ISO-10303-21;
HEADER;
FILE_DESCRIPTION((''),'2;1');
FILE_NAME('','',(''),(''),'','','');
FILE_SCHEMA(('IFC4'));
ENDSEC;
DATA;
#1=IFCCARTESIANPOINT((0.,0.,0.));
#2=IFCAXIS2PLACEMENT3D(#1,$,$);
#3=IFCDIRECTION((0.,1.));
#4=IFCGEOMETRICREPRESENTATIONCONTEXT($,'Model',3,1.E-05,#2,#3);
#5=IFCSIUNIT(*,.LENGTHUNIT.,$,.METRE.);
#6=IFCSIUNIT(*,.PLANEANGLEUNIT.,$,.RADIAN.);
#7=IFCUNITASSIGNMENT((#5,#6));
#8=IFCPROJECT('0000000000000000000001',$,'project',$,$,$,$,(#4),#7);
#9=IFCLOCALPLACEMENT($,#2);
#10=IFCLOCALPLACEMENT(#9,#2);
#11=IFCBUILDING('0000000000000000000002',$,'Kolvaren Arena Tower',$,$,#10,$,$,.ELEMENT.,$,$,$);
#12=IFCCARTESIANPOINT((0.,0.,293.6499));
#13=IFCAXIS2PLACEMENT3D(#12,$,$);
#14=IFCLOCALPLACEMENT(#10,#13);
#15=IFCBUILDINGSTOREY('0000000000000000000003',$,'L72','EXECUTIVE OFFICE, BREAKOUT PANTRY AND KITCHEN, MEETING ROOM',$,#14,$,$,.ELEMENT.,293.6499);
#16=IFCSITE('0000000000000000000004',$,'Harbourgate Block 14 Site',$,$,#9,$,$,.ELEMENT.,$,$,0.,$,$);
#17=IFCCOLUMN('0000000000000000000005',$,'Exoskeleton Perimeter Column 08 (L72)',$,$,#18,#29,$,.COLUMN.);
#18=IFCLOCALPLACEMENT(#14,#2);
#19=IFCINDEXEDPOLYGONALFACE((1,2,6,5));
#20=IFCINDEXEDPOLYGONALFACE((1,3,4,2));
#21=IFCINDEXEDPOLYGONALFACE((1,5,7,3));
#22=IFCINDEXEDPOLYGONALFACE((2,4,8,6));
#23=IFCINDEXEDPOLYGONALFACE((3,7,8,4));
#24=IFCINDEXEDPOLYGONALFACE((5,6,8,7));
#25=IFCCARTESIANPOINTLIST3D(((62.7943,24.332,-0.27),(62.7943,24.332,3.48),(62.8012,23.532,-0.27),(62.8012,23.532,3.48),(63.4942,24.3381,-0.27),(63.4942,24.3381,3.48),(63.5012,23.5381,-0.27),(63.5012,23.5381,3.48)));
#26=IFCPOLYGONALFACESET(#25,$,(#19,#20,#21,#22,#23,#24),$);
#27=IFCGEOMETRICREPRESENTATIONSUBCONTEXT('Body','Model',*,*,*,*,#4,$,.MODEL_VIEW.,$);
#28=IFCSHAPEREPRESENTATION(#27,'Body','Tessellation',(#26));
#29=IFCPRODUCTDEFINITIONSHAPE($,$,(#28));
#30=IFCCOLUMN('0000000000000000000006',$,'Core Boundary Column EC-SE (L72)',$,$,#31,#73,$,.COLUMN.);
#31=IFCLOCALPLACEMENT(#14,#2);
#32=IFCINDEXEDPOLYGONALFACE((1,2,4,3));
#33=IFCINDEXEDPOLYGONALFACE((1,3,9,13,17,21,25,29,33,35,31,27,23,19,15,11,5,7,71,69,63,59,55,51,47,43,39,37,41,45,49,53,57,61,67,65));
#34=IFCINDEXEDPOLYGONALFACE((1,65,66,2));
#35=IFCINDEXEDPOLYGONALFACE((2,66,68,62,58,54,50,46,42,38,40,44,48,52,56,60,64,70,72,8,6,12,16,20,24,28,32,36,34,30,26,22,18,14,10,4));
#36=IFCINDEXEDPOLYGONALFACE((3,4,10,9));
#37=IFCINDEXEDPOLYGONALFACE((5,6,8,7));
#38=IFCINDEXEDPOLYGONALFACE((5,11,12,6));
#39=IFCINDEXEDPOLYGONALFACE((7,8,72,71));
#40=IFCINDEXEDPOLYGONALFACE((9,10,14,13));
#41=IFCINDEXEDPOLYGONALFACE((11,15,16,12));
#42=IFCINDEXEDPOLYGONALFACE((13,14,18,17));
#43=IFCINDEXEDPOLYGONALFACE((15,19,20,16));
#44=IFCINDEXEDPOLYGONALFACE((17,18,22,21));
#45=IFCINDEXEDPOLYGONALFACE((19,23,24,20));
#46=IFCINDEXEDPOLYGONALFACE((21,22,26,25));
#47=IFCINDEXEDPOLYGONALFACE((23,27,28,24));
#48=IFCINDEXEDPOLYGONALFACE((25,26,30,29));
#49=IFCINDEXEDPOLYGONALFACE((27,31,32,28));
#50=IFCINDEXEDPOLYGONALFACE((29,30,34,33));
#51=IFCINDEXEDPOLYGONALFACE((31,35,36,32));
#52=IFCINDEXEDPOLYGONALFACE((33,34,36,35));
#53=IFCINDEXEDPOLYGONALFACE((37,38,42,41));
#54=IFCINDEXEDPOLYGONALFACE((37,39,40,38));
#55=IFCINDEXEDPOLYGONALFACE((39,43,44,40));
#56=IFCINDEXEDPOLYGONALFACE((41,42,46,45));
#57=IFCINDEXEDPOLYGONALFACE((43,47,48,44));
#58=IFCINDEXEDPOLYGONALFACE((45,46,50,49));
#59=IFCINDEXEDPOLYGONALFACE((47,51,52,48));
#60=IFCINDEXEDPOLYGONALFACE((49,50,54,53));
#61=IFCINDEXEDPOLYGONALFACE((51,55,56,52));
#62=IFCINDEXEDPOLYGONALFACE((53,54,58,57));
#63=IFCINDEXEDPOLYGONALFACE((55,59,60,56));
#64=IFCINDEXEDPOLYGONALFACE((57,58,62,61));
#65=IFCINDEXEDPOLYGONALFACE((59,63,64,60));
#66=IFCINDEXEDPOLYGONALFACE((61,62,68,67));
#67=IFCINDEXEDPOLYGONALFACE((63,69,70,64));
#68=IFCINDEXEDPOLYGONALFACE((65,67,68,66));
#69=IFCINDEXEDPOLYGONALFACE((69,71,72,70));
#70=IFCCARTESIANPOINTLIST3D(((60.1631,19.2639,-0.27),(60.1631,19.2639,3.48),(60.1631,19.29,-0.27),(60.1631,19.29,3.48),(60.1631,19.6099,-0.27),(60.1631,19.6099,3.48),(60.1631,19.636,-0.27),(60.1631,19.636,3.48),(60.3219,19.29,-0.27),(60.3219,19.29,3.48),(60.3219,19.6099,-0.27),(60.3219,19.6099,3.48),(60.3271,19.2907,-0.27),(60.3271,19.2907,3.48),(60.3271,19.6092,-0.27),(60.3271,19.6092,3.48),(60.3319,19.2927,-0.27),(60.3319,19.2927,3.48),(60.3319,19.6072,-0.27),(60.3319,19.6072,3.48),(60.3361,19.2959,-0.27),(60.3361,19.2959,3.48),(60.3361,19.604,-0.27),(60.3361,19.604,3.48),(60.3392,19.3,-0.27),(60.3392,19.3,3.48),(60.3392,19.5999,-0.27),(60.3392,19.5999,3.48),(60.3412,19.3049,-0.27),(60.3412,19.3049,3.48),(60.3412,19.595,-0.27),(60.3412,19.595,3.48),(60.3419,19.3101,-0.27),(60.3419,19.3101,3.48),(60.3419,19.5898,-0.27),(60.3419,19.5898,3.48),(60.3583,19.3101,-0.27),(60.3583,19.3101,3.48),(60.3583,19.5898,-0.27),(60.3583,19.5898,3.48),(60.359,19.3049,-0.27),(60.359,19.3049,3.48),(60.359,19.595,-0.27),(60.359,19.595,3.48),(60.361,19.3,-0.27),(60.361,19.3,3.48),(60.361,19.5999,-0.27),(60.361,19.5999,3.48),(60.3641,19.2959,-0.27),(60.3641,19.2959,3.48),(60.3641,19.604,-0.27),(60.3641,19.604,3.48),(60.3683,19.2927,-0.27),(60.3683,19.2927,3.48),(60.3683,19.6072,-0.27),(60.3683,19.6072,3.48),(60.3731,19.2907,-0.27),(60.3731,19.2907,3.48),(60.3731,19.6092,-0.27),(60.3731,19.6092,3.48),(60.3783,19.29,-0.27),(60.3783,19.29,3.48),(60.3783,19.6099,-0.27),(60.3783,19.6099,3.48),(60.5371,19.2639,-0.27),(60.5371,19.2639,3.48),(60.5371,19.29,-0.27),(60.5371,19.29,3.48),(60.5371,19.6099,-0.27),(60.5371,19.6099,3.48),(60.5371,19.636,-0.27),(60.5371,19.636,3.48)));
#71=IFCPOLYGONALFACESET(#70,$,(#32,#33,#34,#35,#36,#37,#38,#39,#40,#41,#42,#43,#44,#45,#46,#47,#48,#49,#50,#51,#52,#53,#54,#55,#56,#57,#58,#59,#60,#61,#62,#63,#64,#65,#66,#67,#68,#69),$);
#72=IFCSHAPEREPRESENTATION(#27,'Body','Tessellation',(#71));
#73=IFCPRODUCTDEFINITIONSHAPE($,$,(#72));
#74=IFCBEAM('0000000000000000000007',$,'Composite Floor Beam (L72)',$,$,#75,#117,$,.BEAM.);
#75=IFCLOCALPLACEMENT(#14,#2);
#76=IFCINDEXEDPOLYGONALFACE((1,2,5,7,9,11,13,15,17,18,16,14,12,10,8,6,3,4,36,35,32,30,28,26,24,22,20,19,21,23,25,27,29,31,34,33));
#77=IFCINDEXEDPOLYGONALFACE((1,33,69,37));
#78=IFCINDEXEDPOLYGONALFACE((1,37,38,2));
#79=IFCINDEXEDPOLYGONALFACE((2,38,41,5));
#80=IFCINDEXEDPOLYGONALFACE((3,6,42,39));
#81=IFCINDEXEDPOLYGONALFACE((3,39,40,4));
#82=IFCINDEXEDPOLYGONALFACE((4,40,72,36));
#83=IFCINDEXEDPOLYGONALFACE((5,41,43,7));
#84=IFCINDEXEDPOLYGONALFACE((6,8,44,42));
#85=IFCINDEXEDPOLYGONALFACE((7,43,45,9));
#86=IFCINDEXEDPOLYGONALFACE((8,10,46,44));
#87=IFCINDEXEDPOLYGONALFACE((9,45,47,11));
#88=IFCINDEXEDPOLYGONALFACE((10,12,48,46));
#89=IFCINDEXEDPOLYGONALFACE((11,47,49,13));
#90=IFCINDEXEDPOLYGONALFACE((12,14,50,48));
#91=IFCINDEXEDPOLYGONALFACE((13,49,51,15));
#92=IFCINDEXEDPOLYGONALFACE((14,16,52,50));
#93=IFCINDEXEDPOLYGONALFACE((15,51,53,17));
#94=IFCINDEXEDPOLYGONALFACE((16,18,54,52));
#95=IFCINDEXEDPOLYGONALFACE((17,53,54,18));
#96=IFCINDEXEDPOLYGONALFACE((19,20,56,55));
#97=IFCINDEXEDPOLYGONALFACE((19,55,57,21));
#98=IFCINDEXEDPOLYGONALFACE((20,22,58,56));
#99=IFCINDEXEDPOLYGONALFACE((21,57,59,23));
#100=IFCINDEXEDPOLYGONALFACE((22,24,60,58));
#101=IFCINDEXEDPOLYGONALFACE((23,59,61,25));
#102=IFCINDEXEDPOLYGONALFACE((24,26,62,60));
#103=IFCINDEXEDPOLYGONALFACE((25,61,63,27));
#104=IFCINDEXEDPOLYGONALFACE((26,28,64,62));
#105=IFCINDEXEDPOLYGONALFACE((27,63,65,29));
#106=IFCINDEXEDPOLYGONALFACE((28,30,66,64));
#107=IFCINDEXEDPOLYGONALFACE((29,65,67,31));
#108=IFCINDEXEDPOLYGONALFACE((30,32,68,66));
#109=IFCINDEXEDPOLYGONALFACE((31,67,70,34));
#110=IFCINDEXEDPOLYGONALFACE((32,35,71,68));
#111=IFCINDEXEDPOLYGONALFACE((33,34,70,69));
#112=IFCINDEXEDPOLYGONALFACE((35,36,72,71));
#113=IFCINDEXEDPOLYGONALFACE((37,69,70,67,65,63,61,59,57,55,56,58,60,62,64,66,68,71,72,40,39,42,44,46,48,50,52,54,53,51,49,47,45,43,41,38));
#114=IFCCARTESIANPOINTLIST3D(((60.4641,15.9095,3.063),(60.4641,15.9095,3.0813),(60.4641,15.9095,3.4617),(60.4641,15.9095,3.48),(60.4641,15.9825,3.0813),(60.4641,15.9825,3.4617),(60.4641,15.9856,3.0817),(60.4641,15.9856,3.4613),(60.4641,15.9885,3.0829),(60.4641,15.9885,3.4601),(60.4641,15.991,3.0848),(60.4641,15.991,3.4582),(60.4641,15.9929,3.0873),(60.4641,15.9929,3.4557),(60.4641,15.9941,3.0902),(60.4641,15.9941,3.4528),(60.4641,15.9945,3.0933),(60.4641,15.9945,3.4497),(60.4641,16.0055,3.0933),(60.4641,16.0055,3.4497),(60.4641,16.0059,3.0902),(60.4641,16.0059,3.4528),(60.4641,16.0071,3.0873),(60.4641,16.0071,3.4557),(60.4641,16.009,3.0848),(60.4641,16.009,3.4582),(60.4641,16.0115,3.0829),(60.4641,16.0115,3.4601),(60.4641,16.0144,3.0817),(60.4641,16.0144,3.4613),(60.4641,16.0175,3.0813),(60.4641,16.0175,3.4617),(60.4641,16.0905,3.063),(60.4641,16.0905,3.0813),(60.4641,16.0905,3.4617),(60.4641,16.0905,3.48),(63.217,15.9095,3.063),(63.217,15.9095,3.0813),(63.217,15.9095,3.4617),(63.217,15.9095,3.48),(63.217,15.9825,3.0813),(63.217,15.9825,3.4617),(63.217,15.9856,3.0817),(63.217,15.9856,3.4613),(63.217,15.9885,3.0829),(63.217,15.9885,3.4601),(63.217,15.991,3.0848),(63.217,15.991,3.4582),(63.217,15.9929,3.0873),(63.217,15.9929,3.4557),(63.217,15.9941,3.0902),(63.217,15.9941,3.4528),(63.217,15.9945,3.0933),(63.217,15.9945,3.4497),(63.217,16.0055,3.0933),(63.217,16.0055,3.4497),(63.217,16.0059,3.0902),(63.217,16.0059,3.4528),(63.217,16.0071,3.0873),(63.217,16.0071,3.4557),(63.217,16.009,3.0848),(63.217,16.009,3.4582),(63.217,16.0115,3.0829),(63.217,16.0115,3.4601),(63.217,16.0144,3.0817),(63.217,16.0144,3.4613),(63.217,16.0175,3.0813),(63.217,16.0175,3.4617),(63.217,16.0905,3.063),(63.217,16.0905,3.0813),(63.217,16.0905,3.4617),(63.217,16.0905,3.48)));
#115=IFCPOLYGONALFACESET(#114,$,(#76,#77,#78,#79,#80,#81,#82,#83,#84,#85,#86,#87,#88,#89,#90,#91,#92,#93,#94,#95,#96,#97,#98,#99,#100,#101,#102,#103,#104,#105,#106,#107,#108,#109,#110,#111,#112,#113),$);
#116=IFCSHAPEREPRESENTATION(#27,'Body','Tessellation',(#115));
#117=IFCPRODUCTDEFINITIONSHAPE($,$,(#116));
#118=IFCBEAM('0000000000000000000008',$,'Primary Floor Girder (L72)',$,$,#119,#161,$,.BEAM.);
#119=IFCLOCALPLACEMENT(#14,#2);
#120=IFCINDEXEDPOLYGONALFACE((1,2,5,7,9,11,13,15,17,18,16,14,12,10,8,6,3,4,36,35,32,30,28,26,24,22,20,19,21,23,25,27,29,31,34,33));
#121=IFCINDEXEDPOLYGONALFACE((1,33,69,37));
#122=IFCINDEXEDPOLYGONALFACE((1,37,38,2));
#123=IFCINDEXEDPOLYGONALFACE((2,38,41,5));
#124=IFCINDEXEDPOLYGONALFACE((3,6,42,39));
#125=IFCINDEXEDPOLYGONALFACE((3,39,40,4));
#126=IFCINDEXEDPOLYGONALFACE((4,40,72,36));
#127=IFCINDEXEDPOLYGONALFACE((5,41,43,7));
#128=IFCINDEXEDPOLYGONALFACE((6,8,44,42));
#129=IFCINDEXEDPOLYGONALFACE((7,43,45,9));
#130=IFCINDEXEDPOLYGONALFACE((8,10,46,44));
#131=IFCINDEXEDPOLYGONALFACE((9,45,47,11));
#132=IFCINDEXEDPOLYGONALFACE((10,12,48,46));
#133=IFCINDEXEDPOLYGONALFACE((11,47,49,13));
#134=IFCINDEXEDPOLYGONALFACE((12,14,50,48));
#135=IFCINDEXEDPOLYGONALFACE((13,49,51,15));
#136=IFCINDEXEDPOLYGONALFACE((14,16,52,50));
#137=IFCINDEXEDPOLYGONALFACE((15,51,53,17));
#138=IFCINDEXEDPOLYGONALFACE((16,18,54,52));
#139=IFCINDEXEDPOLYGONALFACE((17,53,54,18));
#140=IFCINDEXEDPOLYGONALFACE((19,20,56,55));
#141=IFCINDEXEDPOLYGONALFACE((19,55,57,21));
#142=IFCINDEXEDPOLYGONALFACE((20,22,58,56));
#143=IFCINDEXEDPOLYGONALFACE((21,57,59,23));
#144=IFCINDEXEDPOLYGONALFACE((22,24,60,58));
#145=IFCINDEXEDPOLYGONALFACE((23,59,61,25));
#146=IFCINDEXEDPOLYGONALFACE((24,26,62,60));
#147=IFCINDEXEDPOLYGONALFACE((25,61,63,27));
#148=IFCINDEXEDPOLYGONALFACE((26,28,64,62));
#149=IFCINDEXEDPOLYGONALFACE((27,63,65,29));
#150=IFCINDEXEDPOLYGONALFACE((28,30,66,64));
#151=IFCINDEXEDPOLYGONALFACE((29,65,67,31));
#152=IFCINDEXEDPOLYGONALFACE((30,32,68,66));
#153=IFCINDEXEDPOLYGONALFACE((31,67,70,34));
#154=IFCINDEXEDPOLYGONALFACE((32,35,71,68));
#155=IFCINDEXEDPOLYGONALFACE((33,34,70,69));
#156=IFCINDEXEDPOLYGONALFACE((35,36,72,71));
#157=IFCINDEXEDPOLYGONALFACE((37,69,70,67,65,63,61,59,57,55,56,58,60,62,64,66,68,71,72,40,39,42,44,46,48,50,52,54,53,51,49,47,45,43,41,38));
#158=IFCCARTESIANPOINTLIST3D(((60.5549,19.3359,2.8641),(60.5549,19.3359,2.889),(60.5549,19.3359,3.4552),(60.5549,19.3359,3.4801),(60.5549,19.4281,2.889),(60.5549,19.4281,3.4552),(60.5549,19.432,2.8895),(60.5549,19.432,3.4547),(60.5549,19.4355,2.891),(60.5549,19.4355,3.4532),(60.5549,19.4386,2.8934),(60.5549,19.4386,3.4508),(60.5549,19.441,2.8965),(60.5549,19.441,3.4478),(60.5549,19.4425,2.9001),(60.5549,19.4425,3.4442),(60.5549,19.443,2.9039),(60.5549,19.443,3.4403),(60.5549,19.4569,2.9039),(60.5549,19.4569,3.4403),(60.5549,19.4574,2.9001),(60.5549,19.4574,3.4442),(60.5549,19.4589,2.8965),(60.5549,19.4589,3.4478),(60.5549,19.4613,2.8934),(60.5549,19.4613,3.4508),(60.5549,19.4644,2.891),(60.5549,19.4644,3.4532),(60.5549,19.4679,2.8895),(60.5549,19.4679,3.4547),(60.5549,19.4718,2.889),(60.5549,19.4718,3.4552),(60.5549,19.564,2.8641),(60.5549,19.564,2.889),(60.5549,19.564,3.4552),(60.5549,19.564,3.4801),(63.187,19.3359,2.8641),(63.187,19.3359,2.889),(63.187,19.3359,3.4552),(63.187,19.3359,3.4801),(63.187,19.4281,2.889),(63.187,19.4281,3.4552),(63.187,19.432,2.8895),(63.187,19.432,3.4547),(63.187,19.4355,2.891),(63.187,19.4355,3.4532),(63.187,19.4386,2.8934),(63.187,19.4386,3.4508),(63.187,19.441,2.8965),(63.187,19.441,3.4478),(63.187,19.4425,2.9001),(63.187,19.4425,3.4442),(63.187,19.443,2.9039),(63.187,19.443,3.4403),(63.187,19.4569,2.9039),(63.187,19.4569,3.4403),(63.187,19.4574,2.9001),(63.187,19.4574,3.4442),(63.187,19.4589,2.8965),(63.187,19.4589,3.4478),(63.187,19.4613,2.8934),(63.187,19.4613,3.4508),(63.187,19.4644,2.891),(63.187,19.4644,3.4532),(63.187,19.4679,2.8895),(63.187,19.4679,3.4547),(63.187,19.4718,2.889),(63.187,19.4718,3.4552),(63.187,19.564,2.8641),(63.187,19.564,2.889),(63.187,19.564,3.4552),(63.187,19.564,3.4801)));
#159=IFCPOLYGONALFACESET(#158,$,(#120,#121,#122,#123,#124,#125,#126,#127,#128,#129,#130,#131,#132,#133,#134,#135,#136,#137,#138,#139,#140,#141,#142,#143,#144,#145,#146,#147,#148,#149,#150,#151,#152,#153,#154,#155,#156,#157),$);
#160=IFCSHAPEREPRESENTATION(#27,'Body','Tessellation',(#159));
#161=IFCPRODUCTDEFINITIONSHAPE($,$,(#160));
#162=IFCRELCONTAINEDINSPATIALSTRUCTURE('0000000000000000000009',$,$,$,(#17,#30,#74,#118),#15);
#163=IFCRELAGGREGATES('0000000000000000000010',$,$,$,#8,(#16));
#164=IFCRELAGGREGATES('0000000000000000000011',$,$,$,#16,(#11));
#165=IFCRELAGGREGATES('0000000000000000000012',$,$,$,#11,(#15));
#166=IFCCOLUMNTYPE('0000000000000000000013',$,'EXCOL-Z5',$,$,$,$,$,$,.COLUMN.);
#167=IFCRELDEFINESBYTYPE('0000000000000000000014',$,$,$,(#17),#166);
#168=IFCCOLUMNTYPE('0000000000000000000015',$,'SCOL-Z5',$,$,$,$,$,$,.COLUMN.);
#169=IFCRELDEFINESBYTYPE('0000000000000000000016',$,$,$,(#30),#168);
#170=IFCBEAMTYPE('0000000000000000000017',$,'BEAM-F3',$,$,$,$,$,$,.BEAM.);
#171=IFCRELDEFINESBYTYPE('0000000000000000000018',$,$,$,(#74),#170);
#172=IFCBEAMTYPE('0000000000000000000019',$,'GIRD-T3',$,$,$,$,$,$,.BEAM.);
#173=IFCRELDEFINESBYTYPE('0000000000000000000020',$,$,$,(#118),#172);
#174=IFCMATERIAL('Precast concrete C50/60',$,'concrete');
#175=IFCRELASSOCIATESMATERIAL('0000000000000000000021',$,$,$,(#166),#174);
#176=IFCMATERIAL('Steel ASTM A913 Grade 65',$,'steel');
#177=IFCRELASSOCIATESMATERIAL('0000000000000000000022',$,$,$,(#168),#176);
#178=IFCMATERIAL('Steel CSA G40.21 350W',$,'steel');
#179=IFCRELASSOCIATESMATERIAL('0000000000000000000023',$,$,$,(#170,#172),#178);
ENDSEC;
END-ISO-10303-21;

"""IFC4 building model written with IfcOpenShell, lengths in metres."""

from ifc_helpers import new_model, si_unit, direction, frame, origin, origin_2d, place, context, subcontext, project, spatial, rectangle, i_section, extrude, material, material_profile, profile_set, type_object, element, save


model = new_model("IFC4")

# Units and contexts
model_context = context("Model", 3, precision=1e-05, world=origin(), true_north=direction((0.0, 1.0)))
body_context = subcontext(model_context, "Body", "Model", "MODEL_VIEW")
ifc_project = project(units=[si_unit("LENGTHUNIT", "METRE"), si_unit("PLANEANGLEUNIT", "RADIAN")], contexts=[model_context])

# Site, building, storey
site_placement = place(None, origin())
site = spatial("IfcSite", under=ifc_project, at=site_placement, Name="Harbourgate Block 14 Site", CompositionType="ELEMENT", RefElevation=0.0)
building_placement = place(site_placement, origin())
building = spatial("IfcBuilding", under=site, at=building_placement, Name="Kolvaren Arena Tower", CompositionType="ELEMENT")
storey_placement = place(building_placement, frame((0.0, 0.0, 293.6499)))
storey = spatial("IfcBuildingStorey", under=building, at=storey_placement, Name="L72", Description="EXECUTIVE OFFICE, BREAKOUT PANTRY AND KITCHEN, MEETING ROOM", CompositionType="ELEMENT", Elevation=293.6499)

# Columns
ifc_material_1 = material(Name="Precast concrete C50/60", Category="concrete")
ifc_material_profile_1 = material_profile(ifc_material_1, rectangle(XDim=0.8, YDim=0.7, at=origin_2d()), Name="RC-800x700")
ifc_profile_set_1 = profile_set([ifc_material_profile_1], Name="Precast concrete C50/60")
column_type_1 = type_object("IfcColumnType", Name="EXCOL-Z5", PredefinedType="COLUMN", material=ifc_profile_set_1)
column_1_placement = place(storey_placement, frame((63.1477, 23.9351, -0.27), z_axis=(0.0, 0.0, 1.0), x_axis=(-0.008727, 0.999962, 0.0)))
element("IfcColumn", 1, at=column_1_placement, inside=storey, type_object=column_type_1, Name="Exoskeleton Perimeter Column 08 (L72)", PredefinedType="COLUMN", context=body_context, shape_type="SweptSolid", body=[
    extrude(rectangle(XDim=0.8, YDim=0.7, at=origin_2d()), origin(), (0.0, 0.0, 1.0), 3.75),
])
ifc_material_2 = material(Name="Steel ASTM A913 Grade 65", Category="steel")
ifc_material_profile_2 = material_profile(ifc_material_2, i_section(OverallWidth=0.374, OverallDepth=0.3721, WebThickness=0.0164, FlangeThickness=0.0261, FilletRadius=0.02, at=origin_2d()), Name="W360x196")
ifc_profile_set_2 = profile_set([ifc_material_profile_2], Name="Steel ASTM A913 Grade 65")
column_type_2 = type_object("IfcColumnType", Name="SCOL-Z5", PredefinedType="COLUMN", material=ifc_profile_set_2)
column_2_placement = place(storey_placement, frame((60.3501, 19.45, -0.27), z_axis=(0.0, 0.0, 1.0), x_axis=(1.0, 0.0, 0.0)))
element("IfcColumn", 2, at=column_2_placement, inside=storey, type_object=column_type_2, Name="Core Boundary Column EC-SE (L72)", PredefinedType="COLUMN", context=body_context, shape_type="SweptSolid", body=[
    extrude(i_section(OverallWidth=0.374, OverallDepth=0.3721, WebThickness=0.0164, FlangeThickness=0.0261, FilletRadius=0.02, at=origin_2d()), origin(), (0.0, 0.0, 1.0), 3.75),
])

# Beams
ifc_material_3 = material(Name="Steel CSA G40.21 350W", Category="steel")
ifc_material_profile_3 = material_profile(ifc_material_3, i_section(OverallWidth=0.1809, OverallDepth=0.417, WebThickness=0.011, FlangeThickness=0.0183, FilletRadius=0.012, at=origin_2d()), Name="W410x85")
ifc_profile_set_3 = profile_set([ifc_material_profile_3], Name="Steel CSA G40.21 350W")
beam_type_1 = type_object("IfcBeamType", Name="BEAM-F3", PredefinedType="BEAM", material=ifc_profile_set_3)
beam_1_placement = place(storey_placement, frame((60.4641, 16.0, 3.2715), z_axis=(1.0, 0.0, 0.0), x_axis=(0.0, 1.0, 0.0)))
element("IfcBeam", 3, at=beam_1_placement, inside=storey, type_object=beam_type_1, Name="Composite Floor Beam (L72)", PredefinedType="BEAM", context=body_context, shape_type="SweptSolid", body=[
    extrude(i_section(OverallWidth=0.1809, OverallDepth=0.417, WebThickness=0.011, FlangeThickness=0.0183, FilletRadius=0.012, at=origin_2d()), origin(), (0.0, 0.0, 1.0), 2.7529),
])
ifc_material_profile_4 = material_profile(ifc_material_3, i_section(OverallWidth=0.228, OverallDepth=0.616, WebThickness=0.0139, FlangeThickness=0.0249, FilletRadius=0.0149, at=origin_2d()), Name="W610x174")
ifc_profile_set_4 = profile_set([ifc_material_profile_4], Name="Steel CSA G40.21 350W")
beam_type_2 = type_object("IfcBeamType", Name="GIRD-T3", PredefinedType="BEAM", material=ifc_profile_set_4)
beam_2_placement = place(storey_placement, frame((60.5549, 19.45, 3.1721), z_axis=(1.0, 0.0, 0.0), x_axis=(0.0, 1.0, 0.0)))
element("IfcBeam", 4, at=beam_2_placement, inside=storey, type_object=beam_type_2, Name="Primary Floor Girder (L72)", PredefinedType="BEAM", context=body_context, shape_type="SweptSolid", body=[
    extrude(i_section(OverallWidth=0.228, OverallDepth=0.616, WebThickness=0.0139, FlangeThickness=0.0249, FilletRadius=0.0149, at=origin_2d()), origin(), (0.0, 0.0, 1.0), 2.6321),
])

save(model, "model.ifc")
